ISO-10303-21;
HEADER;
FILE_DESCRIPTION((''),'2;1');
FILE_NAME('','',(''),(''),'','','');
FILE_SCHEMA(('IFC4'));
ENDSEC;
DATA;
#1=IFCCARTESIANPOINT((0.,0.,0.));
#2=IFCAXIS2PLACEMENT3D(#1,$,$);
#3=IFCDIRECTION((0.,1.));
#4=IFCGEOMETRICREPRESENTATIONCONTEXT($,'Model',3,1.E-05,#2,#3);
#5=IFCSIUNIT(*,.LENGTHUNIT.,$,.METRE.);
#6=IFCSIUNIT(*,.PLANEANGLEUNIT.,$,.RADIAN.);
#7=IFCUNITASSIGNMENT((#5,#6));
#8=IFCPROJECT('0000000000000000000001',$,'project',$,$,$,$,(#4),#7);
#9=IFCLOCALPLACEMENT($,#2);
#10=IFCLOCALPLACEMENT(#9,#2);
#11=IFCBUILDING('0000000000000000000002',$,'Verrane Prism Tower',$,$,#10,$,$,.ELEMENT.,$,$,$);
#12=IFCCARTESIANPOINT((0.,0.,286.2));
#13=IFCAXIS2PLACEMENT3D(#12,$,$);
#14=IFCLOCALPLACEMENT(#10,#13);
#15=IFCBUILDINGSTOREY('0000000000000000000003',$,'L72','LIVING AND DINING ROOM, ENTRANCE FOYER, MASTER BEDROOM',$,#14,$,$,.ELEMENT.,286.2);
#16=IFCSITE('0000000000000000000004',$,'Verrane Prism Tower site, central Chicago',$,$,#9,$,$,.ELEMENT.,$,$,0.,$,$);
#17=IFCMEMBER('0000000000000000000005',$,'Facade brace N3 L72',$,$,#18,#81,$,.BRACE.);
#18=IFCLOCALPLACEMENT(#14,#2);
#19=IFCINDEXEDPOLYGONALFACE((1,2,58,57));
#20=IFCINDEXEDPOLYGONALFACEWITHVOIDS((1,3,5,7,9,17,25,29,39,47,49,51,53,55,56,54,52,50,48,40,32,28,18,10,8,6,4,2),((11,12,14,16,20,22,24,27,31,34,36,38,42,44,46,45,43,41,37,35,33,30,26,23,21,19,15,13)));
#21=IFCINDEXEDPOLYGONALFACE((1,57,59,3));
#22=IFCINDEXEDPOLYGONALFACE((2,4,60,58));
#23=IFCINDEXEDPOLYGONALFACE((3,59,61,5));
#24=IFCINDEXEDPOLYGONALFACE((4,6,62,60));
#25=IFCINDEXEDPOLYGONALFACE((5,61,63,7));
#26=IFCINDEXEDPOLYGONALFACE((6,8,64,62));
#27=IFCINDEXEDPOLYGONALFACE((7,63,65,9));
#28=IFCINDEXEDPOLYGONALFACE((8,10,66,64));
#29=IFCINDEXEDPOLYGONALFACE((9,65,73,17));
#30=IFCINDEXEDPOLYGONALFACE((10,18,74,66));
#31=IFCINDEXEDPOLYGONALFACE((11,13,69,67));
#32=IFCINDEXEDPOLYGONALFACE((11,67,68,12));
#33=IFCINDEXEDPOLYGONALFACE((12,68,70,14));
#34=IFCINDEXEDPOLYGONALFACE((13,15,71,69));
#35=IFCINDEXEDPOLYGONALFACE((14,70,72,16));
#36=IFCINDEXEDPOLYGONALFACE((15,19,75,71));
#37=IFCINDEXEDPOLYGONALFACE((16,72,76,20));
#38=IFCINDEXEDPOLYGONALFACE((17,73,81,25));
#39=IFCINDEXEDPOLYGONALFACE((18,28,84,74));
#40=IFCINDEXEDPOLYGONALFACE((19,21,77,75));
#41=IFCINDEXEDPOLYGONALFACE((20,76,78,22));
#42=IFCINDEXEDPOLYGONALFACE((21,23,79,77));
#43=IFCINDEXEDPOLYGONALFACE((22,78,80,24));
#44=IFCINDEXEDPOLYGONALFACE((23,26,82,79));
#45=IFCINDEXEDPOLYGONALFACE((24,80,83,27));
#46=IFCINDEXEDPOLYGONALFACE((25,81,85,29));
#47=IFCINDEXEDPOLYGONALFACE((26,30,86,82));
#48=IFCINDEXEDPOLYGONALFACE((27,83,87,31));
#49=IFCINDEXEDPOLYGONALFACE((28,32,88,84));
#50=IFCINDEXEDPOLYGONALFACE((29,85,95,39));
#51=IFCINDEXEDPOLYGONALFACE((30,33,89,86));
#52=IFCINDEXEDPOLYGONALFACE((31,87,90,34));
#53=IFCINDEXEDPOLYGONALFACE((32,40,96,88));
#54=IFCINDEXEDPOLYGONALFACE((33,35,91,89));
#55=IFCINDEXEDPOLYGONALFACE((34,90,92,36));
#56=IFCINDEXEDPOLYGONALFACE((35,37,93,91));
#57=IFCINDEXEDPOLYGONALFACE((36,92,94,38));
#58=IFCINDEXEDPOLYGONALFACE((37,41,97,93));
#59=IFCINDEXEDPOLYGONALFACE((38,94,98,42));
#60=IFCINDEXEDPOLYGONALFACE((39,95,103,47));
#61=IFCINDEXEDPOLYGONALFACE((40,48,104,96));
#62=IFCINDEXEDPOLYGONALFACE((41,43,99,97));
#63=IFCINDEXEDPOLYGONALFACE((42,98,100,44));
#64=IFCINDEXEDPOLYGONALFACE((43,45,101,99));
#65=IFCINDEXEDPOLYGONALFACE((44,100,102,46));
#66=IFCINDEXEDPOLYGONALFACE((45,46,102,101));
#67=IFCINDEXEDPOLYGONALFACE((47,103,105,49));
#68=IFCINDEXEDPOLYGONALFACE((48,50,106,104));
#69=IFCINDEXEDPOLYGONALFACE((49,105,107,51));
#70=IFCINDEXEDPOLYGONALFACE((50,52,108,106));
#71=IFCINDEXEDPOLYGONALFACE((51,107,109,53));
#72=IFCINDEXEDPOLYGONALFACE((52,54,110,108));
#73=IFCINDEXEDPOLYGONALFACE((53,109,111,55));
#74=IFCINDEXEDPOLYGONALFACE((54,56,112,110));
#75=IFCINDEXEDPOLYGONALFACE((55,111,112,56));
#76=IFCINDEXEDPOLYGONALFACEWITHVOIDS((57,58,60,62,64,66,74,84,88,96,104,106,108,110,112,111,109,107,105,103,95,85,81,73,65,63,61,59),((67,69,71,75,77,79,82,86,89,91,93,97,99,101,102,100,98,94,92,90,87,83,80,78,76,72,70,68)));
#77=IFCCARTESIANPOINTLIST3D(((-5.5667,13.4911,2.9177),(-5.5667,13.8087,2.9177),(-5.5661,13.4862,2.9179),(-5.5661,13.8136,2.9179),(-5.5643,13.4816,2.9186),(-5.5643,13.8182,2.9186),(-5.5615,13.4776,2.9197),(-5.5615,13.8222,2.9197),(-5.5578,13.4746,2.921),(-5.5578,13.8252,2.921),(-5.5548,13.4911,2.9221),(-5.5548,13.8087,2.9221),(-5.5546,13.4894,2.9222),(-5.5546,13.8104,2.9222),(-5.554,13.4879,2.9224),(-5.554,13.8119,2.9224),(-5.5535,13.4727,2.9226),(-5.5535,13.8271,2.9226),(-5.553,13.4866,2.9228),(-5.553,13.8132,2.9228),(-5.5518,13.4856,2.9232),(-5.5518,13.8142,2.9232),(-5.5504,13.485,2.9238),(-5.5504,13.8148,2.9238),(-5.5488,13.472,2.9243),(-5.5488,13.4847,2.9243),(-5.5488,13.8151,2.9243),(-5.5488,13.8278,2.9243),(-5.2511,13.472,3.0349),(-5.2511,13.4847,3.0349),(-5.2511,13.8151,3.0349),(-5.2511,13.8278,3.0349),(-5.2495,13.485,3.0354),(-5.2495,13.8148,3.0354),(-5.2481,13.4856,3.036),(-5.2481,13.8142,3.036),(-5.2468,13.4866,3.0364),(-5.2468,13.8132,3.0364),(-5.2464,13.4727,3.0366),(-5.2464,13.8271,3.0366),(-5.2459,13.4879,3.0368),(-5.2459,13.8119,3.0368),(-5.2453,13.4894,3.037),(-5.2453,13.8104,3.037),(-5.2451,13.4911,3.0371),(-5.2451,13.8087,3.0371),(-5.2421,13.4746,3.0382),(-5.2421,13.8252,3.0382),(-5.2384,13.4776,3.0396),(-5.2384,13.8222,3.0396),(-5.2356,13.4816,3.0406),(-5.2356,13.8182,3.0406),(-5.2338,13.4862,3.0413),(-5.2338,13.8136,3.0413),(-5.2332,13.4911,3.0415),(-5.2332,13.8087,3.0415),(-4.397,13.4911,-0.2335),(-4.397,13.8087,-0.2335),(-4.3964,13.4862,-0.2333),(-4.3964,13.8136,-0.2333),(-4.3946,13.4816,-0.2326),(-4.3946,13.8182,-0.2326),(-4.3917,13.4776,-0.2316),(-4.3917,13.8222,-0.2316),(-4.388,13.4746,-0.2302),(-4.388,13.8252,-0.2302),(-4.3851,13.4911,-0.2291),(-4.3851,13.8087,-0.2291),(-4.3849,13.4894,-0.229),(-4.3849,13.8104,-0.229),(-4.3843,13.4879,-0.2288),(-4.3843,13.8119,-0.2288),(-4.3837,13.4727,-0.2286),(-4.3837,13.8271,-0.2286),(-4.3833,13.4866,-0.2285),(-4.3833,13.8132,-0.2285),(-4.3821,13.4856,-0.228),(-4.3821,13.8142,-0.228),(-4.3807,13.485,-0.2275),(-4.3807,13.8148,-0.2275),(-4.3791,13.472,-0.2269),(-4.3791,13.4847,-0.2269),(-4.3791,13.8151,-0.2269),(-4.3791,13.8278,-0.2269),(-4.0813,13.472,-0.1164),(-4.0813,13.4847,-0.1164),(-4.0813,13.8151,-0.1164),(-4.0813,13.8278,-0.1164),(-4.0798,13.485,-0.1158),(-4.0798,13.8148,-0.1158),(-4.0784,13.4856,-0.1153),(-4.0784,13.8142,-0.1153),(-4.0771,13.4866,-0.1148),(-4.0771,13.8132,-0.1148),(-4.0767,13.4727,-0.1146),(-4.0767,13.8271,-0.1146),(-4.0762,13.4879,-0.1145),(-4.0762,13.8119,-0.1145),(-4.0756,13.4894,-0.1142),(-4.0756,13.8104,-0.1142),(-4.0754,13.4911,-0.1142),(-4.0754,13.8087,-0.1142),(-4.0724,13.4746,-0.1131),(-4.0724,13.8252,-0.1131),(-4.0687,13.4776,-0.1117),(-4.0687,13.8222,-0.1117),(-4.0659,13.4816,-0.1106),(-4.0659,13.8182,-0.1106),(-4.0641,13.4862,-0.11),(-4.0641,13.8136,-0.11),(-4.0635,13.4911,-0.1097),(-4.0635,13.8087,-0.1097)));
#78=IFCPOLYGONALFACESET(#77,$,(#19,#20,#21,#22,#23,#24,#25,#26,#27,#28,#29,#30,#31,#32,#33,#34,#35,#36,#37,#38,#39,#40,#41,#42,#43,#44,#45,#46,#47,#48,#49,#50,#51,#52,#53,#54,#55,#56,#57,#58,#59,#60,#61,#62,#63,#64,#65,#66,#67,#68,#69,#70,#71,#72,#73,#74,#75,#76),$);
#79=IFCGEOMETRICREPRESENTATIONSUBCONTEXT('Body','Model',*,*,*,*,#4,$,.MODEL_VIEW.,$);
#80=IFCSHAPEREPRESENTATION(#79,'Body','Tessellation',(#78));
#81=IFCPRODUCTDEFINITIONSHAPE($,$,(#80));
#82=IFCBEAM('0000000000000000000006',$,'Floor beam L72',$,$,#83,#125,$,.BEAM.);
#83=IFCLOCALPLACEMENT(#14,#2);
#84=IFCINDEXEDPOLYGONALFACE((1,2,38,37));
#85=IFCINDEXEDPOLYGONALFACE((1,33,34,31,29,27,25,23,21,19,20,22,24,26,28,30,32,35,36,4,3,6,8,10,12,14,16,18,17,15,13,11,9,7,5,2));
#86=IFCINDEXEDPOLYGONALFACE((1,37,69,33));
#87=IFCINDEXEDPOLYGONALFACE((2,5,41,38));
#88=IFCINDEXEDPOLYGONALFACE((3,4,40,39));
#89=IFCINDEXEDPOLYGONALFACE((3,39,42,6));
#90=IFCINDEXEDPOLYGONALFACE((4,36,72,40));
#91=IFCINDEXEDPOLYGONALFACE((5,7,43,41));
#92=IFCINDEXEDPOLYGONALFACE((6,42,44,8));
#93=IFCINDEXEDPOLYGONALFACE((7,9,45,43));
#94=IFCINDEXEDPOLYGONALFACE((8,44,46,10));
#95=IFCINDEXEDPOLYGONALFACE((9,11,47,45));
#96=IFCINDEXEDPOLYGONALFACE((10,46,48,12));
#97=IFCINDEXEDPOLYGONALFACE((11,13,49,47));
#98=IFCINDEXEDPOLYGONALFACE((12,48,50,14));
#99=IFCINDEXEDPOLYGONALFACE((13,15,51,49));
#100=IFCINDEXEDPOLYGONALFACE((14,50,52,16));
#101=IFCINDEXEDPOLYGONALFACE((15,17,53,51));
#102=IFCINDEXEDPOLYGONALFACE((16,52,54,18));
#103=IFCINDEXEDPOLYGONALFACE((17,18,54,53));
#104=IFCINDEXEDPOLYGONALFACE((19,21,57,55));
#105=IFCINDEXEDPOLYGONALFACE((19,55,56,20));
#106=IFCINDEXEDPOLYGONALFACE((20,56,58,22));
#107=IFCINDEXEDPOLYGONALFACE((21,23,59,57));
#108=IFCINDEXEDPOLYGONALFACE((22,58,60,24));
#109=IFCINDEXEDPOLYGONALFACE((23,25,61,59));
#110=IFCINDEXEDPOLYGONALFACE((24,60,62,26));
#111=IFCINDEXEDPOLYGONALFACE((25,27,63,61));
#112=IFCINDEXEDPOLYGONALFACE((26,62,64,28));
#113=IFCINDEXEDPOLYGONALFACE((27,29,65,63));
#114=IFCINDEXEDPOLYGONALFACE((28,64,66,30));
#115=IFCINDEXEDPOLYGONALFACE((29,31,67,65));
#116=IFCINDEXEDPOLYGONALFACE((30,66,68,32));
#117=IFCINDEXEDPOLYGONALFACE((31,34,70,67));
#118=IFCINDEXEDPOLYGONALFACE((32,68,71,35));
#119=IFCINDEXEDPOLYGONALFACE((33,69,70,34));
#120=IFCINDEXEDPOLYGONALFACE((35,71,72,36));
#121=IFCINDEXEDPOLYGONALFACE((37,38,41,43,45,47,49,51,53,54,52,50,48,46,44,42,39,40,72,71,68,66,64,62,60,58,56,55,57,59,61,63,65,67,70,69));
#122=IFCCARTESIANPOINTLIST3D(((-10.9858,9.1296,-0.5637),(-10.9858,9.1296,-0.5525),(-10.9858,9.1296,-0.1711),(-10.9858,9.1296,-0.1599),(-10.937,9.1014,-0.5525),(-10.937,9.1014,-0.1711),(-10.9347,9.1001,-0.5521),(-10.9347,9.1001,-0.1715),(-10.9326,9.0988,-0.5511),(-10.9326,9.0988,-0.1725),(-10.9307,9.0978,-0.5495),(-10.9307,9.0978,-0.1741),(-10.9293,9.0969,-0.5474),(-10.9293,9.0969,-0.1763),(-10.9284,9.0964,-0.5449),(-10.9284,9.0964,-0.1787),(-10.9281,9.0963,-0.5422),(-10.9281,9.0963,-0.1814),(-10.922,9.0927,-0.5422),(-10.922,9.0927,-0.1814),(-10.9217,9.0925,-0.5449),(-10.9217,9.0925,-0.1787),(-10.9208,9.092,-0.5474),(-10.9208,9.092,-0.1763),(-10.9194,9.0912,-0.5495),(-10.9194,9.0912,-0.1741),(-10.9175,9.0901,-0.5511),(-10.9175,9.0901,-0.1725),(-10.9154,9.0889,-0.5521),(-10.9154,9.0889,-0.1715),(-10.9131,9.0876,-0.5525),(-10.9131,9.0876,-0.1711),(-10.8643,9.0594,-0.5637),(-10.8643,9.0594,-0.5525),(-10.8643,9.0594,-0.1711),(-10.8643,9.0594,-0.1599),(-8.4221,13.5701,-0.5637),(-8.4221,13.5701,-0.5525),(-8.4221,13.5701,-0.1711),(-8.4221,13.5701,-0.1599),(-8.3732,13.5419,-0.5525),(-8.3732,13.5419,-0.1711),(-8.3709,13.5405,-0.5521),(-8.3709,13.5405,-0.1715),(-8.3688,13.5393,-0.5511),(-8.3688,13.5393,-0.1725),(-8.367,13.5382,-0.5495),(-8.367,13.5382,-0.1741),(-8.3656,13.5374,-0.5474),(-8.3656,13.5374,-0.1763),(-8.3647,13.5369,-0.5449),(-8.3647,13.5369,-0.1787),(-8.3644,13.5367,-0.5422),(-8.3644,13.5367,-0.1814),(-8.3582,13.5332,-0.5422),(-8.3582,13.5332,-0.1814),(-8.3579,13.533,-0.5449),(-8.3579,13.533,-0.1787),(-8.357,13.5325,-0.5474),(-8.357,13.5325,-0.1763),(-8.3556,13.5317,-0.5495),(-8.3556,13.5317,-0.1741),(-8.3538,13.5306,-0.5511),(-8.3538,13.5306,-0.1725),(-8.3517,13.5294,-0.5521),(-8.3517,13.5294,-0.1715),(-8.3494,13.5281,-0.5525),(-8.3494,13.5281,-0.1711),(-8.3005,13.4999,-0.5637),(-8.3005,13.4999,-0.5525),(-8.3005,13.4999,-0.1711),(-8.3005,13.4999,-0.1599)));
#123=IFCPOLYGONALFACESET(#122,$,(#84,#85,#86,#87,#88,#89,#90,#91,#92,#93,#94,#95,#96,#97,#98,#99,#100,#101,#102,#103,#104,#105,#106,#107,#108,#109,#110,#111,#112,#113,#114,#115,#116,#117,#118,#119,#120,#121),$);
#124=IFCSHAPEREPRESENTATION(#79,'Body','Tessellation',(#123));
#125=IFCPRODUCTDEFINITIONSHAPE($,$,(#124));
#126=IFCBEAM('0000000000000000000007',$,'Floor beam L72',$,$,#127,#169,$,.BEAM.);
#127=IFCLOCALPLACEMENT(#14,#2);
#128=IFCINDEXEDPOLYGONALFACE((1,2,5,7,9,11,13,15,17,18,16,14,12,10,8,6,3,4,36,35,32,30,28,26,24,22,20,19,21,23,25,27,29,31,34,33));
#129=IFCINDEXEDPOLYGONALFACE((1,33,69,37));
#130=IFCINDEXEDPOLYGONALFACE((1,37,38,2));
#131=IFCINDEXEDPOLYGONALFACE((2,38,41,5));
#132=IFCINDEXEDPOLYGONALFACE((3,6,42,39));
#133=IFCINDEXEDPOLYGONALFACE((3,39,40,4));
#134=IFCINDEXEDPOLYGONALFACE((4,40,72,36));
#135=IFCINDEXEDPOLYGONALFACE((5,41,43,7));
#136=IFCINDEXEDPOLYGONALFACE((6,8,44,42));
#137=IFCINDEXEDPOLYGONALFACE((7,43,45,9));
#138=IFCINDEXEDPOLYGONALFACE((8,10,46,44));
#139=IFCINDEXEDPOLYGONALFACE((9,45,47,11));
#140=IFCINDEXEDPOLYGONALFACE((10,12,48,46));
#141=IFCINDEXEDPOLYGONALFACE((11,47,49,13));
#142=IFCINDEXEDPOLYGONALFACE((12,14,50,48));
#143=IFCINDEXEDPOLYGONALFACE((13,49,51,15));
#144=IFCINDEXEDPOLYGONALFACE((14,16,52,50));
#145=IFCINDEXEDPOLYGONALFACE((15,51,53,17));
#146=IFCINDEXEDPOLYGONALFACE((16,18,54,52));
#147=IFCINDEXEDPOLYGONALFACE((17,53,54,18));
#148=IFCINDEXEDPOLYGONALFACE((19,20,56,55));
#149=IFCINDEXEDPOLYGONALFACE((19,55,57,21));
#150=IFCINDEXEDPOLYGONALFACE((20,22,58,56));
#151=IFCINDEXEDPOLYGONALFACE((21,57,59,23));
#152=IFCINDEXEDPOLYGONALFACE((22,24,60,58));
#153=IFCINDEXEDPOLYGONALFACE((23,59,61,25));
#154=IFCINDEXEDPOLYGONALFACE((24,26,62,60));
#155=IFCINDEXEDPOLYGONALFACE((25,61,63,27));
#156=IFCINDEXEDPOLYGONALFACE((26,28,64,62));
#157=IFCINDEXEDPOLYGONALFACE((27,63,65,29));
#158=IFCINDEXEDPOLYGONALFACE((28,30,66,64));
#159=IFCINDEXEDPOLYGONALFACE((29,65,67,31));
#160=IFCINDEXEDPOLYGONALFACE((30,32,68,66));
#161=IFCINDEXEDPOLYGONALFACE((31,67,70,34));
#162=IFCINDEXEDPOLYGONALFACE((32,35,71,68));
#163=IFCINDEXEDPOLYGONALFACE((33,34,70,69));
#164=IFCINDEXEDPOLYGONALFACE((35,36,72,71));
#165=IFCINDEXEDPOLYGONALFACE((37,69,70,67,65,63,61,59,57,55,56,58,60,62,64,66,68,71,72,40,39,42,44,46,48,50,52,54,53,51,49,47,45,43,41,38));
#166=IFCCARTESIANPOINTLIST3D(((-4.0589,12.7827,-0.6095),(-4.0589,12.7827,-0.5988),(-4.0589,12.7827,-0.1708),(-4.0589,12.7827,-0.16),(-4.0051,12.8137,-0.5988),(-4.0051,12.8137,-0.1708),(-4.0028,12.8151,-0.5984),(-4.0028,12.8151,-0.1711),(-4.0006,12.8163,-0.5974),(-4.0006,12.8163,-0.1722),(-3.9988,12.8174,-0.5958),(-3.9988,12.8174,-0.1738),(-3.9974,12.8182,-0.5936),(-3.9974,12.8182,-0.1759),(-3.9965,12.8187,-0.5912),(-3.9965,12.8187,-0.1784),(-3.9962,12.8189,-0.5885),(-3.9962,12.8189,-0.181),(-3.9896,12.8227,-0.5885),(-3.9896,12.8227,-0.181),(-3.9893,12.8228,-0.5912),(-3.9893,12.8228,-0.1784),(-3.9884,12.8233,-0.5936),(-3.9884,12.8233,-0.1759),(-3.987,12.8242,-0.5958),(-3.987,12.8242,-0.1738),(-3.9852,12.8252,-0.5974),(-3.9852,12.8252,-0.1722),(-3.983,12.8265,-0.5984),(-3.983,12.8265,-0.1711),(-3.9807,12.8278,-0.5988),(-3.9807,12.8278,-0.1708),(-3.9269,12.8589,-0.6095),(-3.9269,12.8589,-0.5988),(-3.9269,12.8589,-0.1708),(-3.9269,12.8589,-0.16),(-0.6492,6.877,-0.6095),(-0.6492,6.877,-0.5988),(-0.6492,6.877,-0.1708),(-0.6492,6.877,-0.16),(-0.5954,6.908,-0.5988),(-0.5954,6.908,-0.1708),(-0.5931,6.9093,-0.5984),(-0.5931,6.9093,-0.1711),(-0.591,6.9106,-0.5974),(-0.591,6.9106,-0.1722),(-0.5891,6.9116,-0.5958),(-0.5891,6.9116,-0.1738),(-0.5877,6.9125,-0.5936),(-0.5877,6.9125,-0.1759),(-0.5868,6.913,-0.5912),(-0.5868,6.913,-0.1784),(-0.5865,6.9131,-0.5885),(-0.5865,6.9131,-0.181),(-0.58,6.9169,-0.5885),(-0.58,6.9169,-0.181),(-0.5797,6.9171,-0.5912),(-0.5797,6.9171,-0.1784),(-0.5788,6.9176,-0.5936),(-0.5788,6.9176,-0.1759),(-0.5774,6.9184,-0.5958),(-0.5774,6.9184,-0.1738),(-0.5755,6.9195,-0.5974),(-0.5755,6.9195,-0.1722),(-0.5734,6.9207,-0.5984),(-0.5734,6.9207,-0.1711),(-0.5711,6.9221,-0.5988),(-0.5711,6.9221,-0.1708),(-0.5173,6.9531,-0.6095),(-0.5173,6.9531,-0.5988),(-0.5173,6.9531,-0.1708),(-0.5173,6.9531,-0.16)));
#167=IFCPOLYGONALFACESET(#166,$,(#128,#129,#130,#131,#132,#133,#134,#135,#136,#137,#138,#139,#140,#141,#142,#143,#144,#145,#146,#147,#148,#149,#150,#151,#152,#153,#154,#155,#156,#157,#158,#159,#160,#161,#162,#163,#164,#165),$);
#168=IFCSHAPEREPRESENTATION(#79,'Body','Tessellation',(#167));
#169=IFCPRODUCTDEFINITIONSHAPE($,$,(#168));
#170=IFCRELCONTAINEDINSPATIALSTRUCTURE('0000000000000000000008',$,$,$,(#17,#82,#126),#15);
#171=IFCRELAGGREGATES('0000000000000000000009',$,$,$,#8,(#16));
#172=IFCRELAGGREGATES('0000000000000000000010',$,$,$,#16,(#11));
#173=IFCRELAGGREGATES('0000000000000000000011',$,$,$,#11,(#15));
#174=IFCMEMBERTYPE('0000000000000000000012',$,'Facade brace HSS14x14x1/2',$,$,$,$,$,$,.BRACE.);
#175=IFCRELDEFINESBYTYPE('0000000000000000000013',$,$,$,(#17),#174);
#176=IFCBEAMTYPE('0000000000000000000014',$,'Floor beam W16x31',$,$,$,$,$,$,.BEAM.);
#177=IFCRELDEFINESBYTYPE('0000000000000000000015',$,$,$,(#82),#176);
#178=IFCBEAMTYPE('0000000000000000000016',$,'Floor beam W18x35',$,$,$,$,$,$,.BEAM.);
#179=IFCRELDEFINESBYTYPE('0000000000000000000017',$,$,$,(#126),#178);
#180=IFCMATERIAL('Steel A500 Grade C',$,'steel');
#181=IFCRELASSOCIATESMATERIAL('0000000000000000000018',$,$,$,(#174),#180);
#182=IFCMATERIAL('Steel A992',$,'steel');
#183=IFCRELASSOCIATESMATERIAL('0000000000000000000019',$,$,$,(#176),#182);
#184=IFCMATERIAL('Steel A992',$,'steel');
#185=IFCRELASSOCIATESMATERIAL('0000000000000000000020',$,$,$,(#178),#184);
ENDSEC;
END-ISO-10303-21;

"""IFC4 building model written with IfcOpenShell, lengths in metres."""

from ifc_helpers import new_model, si_unit, direction, frame, origin, origin_2d, place, context, subcontext, project, spatial, hollow_rectangle, i_section, extrude, material, material_profile, profile_set, type_object, element, save


model = new_model("IFC4")

# Units and contexts
model_context = context("Model", 3, precision=1e-05, world=origin(), true_north=direction((0.0, 1.0)))
body_context = subcontext(model_context, "Body", "Model", "MODEL_VIEW")
ifc_project = project(units=[si_unit("LENGTHUNIT", "METRE"), si_unit("PLANEANGLEUNIT", "RADIAN")], contexts=[model_context])

# Site, building, storey
site_placement = place(None, origin())
site = spatial("IfcSite", under=ifc_project, at=site_placement, Name="Verrane Prism Tower site, central Chicago", CompositionType="ELEMENT", RefElevation=0.0)
building_placement = place(site_placement, origin())
building = spatial("IfcBuilding", under=site, at=building_placement, Name="Verrane Prism Tower", CompositionType="ELEMENT")
storey_placement = place(building_placement, frame((0.0, 0.0, 286.2)))
storey = spatial("IfcBuildingStorey", under=building, at=storey_placement, Name="L72", Description="LIVING AND DINING ROOM, ENTRANCE FOYER, MASTER BEDROOM", CompositionType="ELEMENT", Elevation=286.2)

# Member
ifc_material_1 = material(Name="Steel A500 Grade C", Category="steel")
ifc_material_profile_1 = material_profile(ifc_material_1, hollow_rectangle(XDim=0.3557, YDim=0.3557, WallThickness=0.0127, InnerFilletRadius=0.0063, OuterFilletRadius=0.019, at=origin_2d()), Name="HSS14x14x1/2")
ifc_profile_set_1 = profile_set([ifc_material_profile_1], Name="Steel A500 Grade C")
member_type_1 = type_object("IfcMemberType", Name="Facade brace HSS14x14x1/2", PredefinedType="BRACE", material=ifc_profile_set_1)
member_1_placement = place(storey_placement, frame((-4.2302, 13.6499, -0.1716), z_axis=(-0.347993, 0.0, 0.937497), x_axis=(0.0, -1.0, 0.0)))
element("IfcMember", 1, at=member_1_placement, inside=storey, type_object=member_type_1, Name="Facade brace N3 L72", PredefinedType="BRACE", context=body_context, shape_type="SweptSolid", body=[
    extrude(hollow_rectangle(XDim=0.3557, YDim=0.3557, WallThickness=0.0127, InnerFilletRadius=0.0063, OuterFilletRadius=0.019, at=origin_2d()), origin(), (0.0, 0.0, 1.0), 3.3613),
])

# Beams
ifc_material_2 = material(Name="Steel A992", Category="steel")
ifc_material_profile_2 = material_profile(ifc_material_2, i_section(OverallWidth=0.1404, OverallDepth=0.4038, WebThickness=0.0071, FlangeThickness=0.0112, FilletRadius=0.0103, at=origin_2d()), Name="W16x31")
ifc_profile_set_2 = profile_set([ifc_material_profile_2], Name="Steel A992")
beam_type_1 = type_object("IfcBeamType", Name="Floor beam W16x31", PredefinedType="BEAM", material=ifc_profile_set_2)
beam_1_placement = place(storey_placement, frame((-10.925, 9.0945, -0.3618), z_axis=(0.500005, 0.866022, 0.0), x_axis=(-0.866022, 0.500005, 0.0)))
element("IfcBeam", 2, at=beam_1_placement, inside=storey, type_object=beam_type_1, Name="Floor beam L72", PredefinedType="BEAM", context=body_context, shape_type="SweptSolid", body=[
    extrude(i_section(OverallWidth=0.1404, OverallDepth=0.4038, WebThickness=0.0071, FlangeThickness=0.0112, FilletRadius=0.0103, at=origin_2d()), origin(), (0.0, 0.0, 1.0), 5.1274),
])
ifc_material_3 = material(Name="Steel A992", Category="steel")
ifc_material_profile_3 = material_profile(ifc_material_3, i_section(OverallWidth=0.1523, OverallDepth=0.4495, WebThickness=0.0076, FlangeThickness=0.0107, FilletRadius=0.0103, at=origin_2d()), Name="W18x35")
ifc_profile_set_3 = profile_set([ifc_material_profile_3], Name="Steel A992")
beam_type_2 = type_object("IfcBeamType", Name="Floor beam W18x35", PredefinedType="BEAM", material=ifc_profile_set_3)
beam_2_placement = place(storey_placement, frame((-0.5833, 6.915, -0.3848), z_axis=(-0.499997, 0.866027, 0.0), x_axis=(-0.866027, -0.499997, 0.0)))
element("IfcBeam", 3, at=beam_2_placement, inside=storey, type_object=beam_type_2, Name="Floor beam L72", PredefinedType="BEAM", context=body_context, shape_type="SweptSolid", body=[
    extrude(i_section(OverallWidth=0.1523, OverallDepth=0.4495, WebThickness=0.0076, FlangeThickness=0.0107, FilletRadius=0.0103, at=origin_2d()), origin(), (0.0, 0.0, 1.0), 6.8193),
])

save(model, "model.ifc")
